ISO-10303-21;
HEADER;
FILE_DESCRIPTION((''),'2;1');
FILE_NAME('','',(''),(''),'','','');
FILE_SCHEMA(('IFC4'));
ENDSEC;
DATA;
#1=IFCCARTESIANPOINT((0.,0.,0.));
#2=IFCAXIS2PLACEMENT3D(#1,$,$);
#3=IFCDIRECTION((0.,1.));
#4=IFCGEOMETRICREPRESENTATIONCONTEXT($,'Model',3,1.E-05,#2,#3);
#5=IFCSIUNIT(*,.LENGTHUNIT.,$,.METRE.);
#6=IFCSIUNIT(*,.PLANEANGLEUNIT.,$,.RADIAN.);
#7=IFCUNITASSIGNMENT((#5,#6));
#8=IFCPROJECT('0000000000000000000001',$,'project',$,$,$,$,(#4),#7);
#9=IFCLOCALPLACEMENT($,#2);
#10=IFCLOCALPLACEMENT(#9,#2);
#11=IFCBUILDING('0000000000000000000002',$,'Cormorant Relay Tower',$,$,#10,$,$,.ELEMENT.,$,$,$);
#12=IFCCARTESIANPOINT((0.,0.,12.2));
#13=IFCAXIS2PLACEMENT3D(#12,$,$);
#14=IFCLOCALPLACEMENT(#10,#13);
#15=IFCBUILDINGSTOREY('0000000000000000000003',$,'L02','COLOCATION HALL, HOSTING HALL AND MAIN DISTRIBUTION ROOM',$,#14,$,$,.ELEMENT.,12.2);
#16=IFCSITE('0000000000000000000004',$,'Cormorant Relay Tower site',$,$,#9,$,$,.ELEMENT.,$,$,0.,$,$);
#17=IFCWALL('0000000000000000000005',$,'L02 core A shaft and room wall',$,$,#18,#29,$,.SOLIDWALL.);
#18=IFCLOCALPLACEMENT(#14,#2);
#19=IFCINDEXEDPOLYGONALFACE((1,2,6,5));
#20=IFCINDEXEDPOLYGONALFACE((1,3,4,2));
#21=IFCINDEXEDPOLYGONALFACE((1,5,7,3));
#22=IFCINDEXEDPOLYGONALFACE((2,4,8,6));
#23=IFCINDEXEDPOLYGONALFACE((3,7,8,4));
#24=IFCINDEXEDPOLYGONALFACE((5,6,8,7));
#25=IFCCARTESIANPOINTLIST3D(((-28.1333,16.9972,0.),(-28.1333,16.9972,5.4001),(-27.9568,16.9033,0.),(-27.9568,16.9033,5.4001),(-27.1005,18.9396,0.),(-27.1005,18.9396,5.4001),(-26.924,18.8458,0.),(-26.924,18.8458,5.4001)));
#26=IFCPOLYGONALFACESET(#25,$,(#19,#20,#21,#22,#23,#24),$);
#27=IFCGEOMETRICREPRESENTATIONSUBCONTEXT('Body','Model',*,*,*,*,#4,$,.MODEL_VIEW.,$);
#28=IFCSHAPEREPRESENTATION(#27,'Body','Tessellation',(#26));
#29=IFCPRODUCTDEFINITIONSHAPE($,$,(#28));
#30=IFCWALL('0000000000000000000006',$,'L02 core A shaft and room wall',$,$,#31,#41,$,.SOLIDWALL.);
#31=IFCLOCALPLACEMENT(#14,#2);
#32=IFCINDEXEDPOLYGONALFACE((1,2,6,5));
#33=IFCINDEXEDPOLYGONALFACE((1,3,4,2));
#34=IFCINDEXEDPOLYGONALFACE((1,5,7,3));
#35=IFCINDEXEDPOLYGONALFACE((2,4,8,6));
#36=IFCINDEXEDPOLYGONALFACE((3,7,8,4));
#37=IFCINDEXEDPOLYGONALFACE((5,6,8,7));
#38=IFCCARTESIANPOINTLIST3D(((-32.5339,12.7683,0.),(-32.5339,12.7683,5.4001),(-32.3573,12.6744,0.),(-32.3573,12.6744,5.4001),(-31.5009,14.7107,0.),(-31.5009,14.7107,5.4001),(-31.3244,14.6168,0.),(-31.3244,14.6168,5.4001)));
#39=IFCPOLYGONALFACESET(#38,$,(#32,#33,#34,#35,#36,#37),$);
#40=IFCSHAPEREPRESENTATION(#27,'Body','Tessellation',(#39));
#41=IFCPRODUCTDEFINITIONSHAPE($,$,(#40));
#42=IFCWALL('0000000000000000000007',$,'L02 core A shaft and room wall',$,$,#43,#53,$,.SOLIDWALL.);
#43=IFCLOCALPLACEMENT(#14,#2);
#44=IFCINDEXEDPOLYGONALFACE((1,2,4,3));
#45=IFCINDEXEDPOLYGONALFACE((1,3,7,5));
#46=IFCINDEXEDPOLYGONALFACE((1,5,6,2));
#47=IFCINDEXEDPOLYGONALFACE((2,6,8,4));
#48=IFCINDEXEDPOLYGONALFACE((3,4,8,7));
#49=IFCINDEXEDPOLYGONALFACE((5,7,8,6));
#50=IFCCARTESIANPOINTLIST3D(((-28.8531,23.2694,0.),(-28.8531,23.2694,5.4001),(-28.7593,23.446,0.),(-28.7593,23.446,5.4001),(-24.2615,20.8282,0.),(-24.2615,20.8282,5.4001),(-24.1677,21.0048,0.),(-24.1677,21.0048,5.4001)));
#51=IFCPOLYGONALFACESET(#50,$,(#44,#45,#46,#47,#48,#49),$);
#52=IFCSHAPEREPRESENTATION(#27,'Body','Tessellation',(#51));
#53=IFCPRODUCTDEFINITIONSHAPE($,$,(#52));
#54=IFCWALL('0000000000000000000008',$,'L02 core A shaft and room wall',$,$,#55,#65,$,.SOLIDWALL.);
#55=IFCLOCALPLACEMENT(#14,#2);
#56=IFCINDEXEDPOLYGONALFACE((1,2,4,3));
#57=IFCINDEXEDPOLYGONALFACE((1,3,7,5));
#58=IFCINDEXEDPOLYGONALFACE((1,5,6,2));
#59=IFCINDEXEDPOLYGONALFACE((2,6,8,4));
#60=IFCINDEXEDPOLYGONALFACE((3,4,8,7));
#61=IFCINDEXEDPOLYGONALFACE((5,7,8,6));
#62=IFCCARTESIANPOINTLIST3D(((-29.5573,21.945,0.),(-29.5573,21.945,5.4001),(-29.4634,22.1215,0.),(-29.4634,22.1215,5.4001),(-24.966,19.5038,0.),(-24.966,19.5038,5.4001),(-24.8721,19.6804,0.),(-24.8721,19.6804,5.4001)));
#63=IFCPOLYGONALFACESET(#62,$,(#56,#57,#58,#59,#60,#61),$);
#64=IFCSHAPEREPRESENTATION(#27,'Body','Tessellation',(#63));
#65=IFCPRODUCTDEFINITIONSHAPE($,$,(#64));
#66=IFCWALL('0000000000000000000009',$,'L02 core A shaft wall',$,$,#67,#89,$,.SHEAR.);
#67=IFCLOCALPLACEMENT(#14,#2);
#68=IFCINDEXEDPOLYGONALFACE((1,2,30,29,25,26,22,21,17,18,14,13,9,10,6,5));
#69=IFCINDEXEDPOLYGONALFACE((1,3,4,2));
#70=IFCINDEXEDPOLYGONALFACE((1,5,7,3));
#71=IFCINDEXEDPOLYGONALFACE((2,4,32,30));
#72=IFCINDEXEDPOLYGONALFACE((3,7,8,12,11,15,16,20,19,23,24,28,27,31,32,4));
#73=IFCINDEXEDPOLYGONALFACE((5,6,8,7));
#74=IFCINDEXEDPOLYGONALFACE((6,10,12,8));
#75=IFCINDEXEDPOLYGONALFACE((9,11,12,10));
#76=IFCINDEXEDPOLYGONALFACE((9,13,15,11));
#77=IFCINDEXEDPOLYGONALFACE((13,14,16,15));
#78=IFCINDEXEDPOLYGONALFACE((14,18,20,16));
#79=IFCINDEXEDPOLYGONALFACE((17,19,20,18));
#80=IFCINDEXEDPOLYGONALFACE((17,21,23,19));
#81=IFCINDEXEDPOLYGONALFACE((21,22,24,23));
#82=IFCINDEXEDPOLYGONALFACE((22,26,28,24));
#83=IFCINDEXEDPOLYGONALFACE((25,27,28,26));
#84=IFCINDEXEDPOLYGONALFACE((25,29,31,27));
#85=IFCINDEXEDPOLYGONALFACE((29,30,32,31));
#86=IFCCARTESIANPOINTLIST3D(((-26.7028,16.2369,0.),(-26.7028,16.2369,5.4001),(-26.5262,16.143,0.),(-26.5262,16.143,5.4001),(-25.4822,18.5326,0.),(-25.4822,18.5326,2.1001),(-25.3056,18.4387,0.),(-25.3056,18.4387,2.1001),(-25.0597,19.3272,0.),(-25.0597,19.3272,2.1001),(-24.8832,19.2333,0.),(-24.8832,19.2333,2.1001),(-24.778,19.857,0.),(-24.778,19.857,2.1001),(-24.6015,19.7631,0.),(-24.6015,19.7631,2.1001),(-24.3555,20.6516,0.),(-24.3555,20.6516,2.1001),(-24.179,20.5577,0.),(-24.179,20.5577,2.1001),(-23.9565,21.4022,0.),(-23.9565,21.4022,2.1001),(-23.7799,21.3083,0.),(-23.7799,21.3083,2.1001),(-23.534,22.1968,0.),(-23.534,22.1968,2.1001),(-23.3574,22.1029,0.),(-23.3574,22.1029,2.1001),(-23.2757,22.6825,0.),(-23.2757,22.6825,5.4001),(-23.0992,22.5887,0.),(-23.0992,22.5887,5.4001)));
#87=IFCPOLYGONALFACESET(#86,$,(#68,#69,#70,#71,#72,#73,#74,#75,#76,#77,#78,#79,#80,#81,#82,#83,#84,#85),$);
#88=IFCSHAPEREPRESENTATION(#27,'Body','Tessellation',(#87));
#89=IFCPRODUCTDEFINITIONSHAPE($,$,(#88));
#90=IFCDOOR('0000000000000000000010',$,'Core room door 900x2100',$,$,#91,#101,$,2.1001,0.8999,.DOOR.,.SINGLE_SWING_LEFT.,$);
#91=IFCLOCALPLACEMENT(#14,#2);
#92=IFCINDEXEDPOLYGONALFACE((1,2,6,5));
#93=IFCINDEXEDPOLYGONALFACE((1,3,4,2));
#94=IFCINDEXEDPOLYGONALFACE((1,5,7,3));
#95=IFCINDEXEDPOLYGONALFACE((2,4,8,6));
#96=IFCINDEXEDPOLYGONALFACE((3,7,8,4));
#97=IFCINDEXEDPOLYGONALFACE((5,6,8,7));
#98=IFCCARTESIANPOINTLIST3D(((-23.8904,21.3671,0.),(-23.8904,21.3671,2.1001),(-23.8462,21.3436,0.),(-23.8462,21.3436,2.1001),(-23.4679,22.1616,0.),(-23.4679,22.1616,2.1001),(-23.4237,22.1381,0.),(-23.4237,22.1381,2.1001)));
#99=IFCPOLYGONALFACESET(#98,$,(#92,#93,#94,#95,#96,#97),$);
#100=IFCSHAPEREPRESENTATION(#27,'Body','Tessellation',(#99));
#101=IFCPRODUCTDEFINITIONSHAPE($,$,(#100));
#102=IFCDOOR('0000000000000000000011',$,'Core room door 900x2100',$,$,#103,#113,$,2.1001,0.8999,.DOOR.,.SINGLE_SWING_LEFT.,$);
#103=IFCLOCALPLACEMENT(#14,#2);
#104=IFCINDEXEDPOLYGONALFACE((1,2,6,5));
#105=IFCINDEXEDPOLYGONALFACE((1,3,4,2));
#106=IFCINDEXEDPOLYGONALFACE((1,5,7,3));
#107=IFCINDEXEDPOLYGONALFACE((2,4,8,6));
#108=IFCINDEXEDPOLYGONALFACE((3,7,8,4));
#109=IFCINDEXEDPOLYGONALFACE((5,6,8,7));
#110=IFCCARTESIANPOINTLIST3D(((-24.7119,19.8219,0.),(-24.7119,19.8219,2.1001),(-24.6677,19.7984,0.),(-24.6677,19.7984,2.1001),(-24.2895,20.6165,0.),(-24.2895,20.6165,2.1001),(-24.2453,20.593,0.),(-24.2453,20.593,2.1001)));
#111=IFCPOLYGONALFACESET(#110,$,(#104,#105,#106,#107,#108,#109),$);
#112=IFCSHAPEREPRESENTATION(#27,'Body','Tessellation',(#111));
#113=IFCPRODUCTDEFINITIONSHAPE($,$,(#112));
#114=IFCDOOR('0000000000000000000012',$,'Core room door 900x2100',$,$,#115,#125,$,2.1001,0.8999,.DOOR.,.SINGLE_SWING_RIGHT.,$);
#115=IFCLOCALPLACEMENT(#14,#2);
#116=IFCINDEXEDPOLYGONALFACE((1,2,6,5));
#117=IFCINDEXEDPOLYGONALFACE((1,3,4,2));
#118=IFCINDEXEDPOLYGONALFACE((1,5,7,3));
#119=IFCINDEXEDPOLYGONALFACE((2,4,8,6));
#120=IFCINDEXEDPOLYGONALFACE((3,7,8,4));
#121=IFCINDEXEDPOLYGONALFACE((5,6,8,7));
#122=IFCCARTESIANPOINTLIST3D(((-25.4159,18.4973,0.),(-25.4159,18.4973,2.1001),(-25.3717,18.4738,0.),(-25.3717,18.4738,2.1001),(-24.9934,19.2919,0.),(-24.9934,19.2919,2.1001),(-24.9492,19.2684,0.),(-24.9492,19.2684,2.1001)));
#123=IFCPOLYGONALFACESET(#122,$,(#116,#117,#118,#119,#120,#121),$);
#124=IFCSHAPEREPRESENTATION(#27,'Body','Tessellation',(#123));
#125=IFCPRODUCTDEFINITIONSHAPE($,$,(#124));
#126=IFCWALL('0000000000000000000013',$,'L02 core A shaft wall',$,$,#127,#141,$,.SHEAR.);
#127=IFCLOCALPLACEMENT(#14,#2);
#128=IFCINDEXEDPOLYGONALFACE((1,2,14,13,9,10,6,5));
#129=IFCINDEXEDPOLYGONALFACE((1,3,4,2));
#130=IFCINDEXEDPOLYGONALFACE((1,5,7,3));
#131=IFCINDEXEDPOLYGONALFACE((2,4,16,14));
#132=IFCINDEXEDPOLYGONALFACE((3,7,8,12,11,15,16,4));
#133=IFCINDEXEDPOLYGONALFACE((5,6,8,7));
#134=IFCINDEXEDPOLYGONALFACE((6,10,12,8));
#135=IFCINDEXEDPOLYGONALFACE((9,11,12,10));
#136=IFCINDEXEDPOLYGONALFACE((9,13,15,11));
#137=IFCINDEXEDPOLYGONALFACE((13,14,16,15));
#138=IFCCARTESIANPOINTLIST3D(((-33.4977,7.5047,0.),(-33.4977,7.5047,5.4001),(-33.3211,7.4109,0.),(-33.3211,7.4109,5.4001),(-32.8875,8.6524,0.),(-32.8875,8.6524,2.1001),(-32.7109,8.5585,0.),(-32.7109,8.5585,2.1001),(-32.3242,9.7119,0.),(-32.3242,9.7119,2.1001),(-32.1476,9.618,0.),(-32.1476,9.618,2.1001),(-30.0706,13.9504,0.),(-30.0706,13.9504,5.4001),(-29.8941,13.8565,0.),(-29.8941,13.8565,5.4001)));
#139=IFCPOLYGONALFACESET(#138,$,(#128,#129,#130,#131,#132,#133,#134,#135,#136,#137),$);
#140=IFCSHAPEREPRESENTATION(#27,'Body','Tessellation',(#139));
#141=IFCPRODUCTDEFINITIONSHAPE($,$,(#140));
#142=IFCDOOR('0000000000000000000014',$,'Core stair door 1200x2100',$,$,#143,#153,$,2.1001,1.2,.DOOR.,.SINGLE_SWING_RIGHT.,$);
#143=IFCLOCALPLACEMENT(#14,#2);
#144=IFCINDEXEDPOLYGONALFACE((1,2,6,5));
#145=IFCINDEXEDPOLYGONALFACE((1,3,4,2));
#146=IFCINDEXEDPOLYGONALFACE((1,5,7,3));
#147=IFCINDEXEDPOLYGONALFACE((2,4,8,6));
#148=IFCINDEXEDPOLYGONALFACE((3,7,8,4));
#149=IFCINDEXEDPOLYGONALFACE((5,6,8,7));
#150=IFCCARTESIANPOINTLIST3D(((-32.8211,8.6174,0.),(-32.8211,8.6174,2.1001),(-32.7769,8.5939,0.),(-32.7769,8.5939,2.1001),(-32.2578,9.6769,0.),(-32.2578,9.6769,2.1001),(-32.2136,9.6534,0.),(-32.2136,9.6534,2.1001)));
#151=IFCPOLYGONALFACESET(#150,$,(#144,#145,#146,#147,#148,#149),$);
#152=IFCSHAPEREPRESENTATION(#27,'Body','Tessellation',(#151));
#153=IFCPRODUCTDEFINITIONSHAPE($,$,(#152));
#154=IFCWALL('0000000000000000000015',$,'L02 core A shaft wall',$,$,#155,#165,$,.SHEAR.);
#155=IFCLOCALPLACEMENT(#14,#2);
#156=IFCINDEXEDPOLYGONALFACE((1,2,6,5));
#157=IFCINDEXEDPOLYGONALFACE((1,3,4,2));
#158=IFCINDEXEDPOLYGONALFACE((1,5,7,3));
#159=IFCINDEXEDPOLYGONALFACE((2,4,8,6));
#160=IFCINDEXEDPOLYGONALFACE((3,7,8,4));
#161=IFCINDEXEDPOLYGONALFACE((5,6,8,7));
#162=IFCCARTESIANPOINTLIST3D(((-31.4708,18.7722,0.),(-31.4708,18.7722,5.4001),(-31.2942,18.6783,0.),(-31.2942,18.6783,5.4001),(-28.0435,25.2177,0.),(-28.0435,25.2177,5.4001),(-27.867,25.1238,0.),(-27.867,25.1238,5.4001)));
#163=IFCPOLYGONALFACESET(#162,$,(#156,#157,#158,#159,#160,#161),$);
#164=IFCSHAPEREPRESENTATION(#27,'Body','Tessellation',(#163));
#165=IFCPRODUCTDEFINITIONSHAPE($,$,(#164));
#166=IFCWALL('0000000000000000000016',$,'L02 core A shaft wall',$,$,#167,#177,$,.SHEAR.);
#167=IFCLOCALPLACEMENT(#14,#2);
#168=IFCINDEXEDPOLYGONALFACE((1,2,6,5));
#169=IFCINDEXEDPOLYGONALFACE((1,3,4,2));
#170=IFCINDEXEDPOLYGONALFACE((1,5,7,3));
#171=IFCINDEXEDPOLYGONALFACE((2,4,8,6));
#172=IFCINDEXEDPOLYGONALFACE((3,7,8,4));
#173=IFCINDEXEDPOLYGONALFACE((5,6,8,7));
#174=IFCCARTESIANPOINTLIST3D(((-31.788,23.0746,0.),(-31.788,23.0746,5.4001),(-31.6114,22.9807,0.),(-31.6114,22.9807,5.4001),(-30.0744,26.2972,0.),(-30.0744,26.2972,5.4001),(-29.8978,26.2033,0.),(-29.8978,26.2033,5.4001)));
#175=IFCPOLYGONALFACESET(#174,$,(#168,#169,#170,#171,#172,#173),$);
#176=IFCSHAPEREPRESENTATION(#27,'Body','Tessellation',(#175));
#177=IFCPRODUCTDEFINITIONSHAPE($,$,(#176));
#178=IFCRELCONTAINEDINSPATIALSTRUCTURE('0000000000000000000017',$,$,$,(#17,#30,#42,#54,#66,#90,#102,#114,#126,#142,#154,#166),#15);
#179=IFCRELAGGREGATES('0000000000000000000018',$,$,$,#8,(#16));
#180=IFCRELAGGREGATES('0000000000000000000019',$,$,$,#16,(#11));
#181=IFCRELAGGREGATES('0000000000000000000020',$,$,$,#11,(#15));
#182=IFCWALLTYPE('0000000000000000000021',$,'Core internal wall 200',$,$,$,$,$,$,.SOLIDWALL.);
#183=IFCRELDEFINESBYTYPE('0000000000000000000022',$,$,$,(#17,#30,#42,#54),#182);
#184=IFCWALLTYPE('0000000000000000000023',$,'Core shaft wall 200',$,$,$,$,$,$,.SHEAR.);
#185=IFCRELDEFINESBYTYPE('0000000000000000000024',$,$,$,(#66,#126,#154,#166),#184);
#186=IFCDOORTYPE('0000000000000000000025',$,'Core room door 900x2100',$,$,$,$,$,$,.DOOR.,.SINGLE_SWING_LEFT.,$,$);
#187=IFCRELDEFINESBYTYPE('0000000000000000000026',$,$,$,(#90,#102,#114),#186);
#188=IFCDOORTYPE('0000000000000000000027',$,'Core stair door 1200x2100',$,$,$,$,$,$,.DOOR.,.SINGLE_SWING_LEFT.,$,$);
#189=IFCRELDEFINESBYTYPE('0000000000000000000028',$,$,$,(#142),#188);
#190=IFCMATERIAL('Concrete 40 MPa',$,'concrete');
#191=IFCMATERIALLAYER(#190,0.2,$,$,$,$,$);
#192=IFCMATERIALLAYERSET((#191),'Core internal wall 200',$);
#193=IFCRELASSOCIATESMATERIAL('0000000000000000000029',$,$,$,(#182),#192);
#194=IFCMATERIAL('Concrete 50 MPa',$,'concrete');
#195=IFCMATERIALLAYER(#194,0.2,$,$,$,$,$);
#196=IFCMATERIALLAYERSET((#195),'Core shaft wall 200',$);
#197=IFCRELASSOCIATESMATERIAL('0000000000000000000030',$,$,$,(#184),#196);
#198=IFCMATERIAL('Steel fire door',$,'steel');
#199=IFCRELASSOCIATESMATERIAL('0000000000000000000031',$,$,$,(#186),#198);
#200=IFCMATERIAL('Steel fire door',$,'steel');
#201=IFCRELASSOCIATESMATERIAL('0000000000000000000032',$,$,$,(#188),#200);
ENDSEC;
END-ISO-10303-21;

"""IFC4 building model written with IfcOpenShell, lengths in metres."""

from ifc_helpers import new_model, si_unit, direction, frame, frame_2d, origin, place, context, subcontext, project, spatial, rectangle, extrude, material, layer, layer_set, type_object, element, fill, save


model = new_model("IFC4")

# Units and contexts
model_context = context("Model", 3, precision=1e-05, world=origin(), true_north=direction((0.0, 1.0)))
body_context = subcontext(model_context, "Body", "Model", "MODEL_VIEW")
ifc_project = project(units=[si_unit("LENGTHUNIT", "METRE"), si_unit("PLANEANGLEUNIT", "RADIAN")], contexts=[model_context])

# Site, building, storey
site_placement = place(None, origin())
site = spatial("IfcSite", under=ifc_project, at=site_placement, Name="Cormorant Relay Tower site", CompositionType="ELEMENT", RefElevation=0.0)
building_placement = place(site_placement, origin())
building = spatial("IfcBuilding", under=site, at=building_placement, Name="Cormorant Relay Tower", CompositionType="ELEMENT")
storey_placement = place(building_placement, frame((0.0, 0.0, 12.2)))
storey = spatial("IfcBuildingStorey", under=building, at=storey_placement, Name="L02", Description="COLOCATION HALL, HOSTING HALL AND MAIN DISTRIBUTION ROOM", CompositionType="ELEMENT", Elevation=12.2)

# Walls
ifc_material_1 = material(Name="Concrete 40 MPa", Category="concrete")
ifc_layer_1 = layer(ifc_material_1, 0.2)
ifc_layer_set_1 = layer_set([ifc_layer_1], Name="Core internal wall 200")
wall_type_1 = type_object("IfcWallType", Name="Core internal wall 200", PredefinedType="SOLIDWALL", material=ifc_layer_set_1)
for number, where, z_axis, x_axis, name in (
    (1, (-27.0122, 18.8928, 0.0), (0.0, 0.0, 1.0), (-0.469447, -0.88296, 0.0), "L02 core A shaft and room wall"),
    (2, (-31.4126, 14.6638, 0.0), (0.0, 0.0, 1.0), (-0.469534, -0.882914, 0.0), "L02 core A shaft and room wall"),
):
    element("IfcWall", number, at=place(storey_placement, frame(where, z_axis=z_axis, x_axis=x_axis)), inside=storey, type_object=wall_type_1, Name=name, PredefinedType="SOLIDWALL", context=body_context, shape_type="SweptSolid", body=[
        extrude(rectangle(XDim=2.2, YDim=0.2, at=frame_2d((1.1001, 0.0))), origin(), (0.0, 0.0, 1.0), 5.4001),
    ])
wall_1_placement = place(storey_placement, frame((-24.2146, 20.9165, 0.0), z_axis=(0.0, 0.0, 1.0), x_axis=(-0.882964, 0.46944, 0.0)))
element("IfcWall", 3, at=wall_1_placement, inside=storey, type_object=wall_type_1, Name="L02 core A shaft and room wall", PredefinedType="SOLIDWALL", context=body_context, shape_type="SweptSolid", body=[
    extrude(rectangle(XDim=5.2002, YDim=0.2, at=frame_2d((2.6001, 0.0))), origin(), (0.0, 0.0, 1.0), 5.4001),
])
wall_2_placement = place(storey_placement, frame((-24.9189, 19.592, 0.0), z_axis=(0.0, 0.0, 1.0), x_axis=(-0.882954, 0.46946, 0.0)))
element("IfcWall", 4, at=wall_2_placement, inside=storey, type_object=wall_type_1, Name="L02 core A shaft and room wall", PredefinedType="SOLIDWALL", context=body_context, shape_type="SweptSolid", body=[
    extrude(rectangle(XDim=5.2, YDim=0.2, at=frame_2d((2.6001, 0.0))), origin(), (0.0, 0.0, 1.0), 5.4001),
])

# Wall, openings, doors
ifc_material_2 = material(Name="Concrete 50 MPa", Category="concrete")
ifc_layer_2 = layer(ifc_material_2, 0.2)
ifc_layer_set_2 = layer_set([ifc_layer_2], Name="Core shaft wall 200")
wall_type_2 = type_object("IfcWallType", Name="Core shaft wall 200", PredefinedType="SHEAR", material=ifc_layer_set_2)
wall_3_placement = place(storey_placement, frame((-23.1875, 22.6355, 0.0), z_axis=(0.0, 0.0, 1.0), x_axis=(-0.469454, -0.882957, 0.0)))
wall_3 = element("IfcWall", 5, at=wall_3_placement, inside=storey, type_object=wall_type_2, Name="L02 core A shaft wall", PredefinedType="SHEAR", context=body_context, shape_type="SweptSolid", body=[
    extrude(rectangle(XDim=7.3, YDim=0.2, at=frame_2d((3.6499, 0.0))), origin(), (0.0, 0.0, 1.0), 5.4001),
])
opening_1_placement = place(wall_3_placement, frame((0.55, 0.0, 0.0)))
opening_1 = element("IfcOpeningElement", 6, at=opening_1_placement, cuts=wall_3, PredefinedType="OPENING", context=body_context, shape_type="SweptSolid", body=[
    extrude(rectangle(XDim=0.8999, YDim=2.1001, at=frame_2d((0.45, 1.05))), frame((0.0, 0.1099, 0.0), z_axis=(0.0, -1.0, 0.0), x_axis=(1.0, 0.0, 0.0)), (0.0, 0.0, 1.0), 0.22),
])
opening_2_placement = place(wall_3_placement, frame((2.3, 0.0, 0.0)))
opening_2 = element("IfcOpeningElement", 7, at=opening_2_placement, cuts=wall_3, PredefinedType="OPENING", context=body_context, shape_type="SweptSolid", body=[
    extrude(rectangle(XDim=0.8999, YDim=2.1001, at=frame_2d((0.45, 1.05))), frame((0.0, 0.1099, 0.0), z_axis=(0.0, -1.0, 0.0), x_axis=(1.0, 0.0, 0.0)), (0.0, 0.0, 1.0), 0.22),
])
opening_3_placement = place(wall_3_placement, frame((3.8, 0.0, 0.0)))
opening_3 = element("IfcOpeningElement", 8, at=opening_3_placement, cuts=wall_3, PredefinedType="OPENING", context=body_context, shape_type="SweptSolid", body=[
    extrude(rectangle(XDim=0.8999, YDim=2.1001, at=frame_2d((0.45, 1.05))), frame((0.0, 0.1099, 0.0), z_axis=(0.0, -1.0, 0.0), x_axis=(1.0, 0.0, 0.0)), (0.0, 0.0, 1.0), 0.22),
])
ifc_material_3 = material(Name="Steel fire door", Category="steel")
door_type_1 = type_object("IfcDoorType", Name="Core room door 900x2100", OperationType="SINGLE_SWING_LEFT", PredefinedType="DOOR", material=ifc_material_3)
door_1_placement = place(opening_1_placement, origin())
door_1 = element("IfcDoor", 9, at=door_1_placement, inside=storey, type_object=door_type_1, Name="Core room door 900x2100", OperationType="SINGLE_SWING_LEFT", OverallHeight=2.1001, OverallWidth=0.8999, PredefinedType="DOOR", context=body_context, shape_type="SweptSolid", body=[
    extrude(rectangle(XDim=0.8999, YDim=2.1001, at=frame_2d((0.45, 1.05))), frame((0.0, 0.0249, 0.0), z_axis=(0.0, -1.0, 0.0), x_axis=(1.0, 0.0, 0.0)), (0.0, 0.0, 1.0), 0.05),
])
fill(opening_1, door_1)
door_2_placement = place(opening_2_placement, origin())
door_2 = element("IfcDoor", 10, at=door_2_placement, inside=storey, type_object=door_type_1, Name="Core room door 900x2100", OperationType="SINGLE_SWING_LEFT", OverallHeight=2.1001, OverallWidth=0.8999, PredefinedType="DOOR", context=body_context, shape_type="SweptSolid", body=[
    extrude(rectangle(XDim=0.8999, YDim=2.1001, at=frame_2d((0.45, 1.05))), frame((0.0, 0.0249, 0.0), z_axis=(0.0, -1.0, 0.0), x_axis=(1.0, 0.0, 0.0)), (0.0, 0.0, 1.0), 0.05),
])
fill(opening_2, door_2)
door_3_placement = place(opening_3_placement, frame((0.8999, 0.0, 0.0), z_axis=(0.0, 0.0, 1.0), x_axis=(-1.0, 0.0, 0.0)))
door_3 = element("IfcDoor", 11, at=door_3_placement, inside=storey, type_object=door_type_1, Name="Core room door 900x2100", OperationType="SINGLE_SWING_RIGHT", OverallHeight=2.1001, OverallWidth=0.8999, PredefinedType="DOOR", context=body_context, shape_type="SweptSolid", body=[
    extrude(rectangle(XDim=0.8999, YDim=2.1001, at=frame_2d((0.45, 1.05))), frame((0.0, 0.0249, 0.0), z_axis=(0.0, -1.0, 0.0), x_axis=(1.0, 0.0, 0.0)), (0.0, 0.0, 1.0), 0.05),
])
fill(opening_3, door_3)

# Wall, opening, door
wall_4_placement = place(storey_placement, frame((-29.9824, 13.9033, 0.0), z_axis=(0.0, 0.0, 1.0), x_axis=(-0.469454, -0.882957, 0.0)))
wall_4 = element("IfcWall", 12, at=wall_4_placement, inside=storey, type_object=wall_type_2, Name="L02 core A shaft wall", PredefinedType="SHEAR", context=body_context, shape_type="SweptSolid", body=[
    extrude(rectangle(XDim=7.3, YDim=0.2, at=frame_2d((3.6499, 0.0))), origin(), (0.0, 0.0, 1.0), 5.4001),
])
opening_4_placement = place(wall_4_placement, frame((4.8, 0.0, 0.0)))
opening_4 = element("IfcOpeningElement", 13, at=opening_4_placement, cuts=wall_4, PredefinedType="OPENING", context=body_context, shape_type="SweptSolid", body=[
    extrude(rectangle(XDim=1.2, YDim=2.1001, at=frame_2d((0.6001, 1.05))), frame((0.0, 0.1099, 0.0), z_axis=(0.0, -1.0, 0.0), x_axis=(1.0, 0.0, 0.0)), (0.0, 0.0, 1.0), 0.22),
])
ifc_material_4 = material(Name="Steel fire door", Category="steel")
door_type_2 = type_object("IfcDoorType", Name="Core stair door 1200x2100", OperationType="SINGLE_SWING_LEFT", PredefinedType="DOOR", material=ifc_material_4)
door_4_placement = place(opening_4_placement, frame((1.2, 0.0, 0.0), z_axis=(0.0, 0.0, 1.0), x_axis=(-1.0, 0.0, 0.0)))
door_4 = element("IfcDoor", 14, at=door_4_placement, inside=storey, type_object=door_type_2, Name="Core stair door 1200x2100", OperationType="SINGLE_SWING_RIGHT", OverallHeight=2.1001, OverallWidth=1.2, PredefinedType="DOOR", context=body_context, shape_type="SweptSolid", body=[
    extrude(rectangle(XDim=1.2, YDim=2.1001, at=frame_2d((0.6001, 1.05))), frame((0.0, 0.0249, 0.0), z_axis=(0.0, -1.0, 0.0), x_axis=(1.0, 0.0, 0.0)), (0.0, 0.0, 1.0), 0.05),
])
fill(opening_4, door_4)

# Walls
wall_5_placement = place(storey_placement, frame((-27.9553, 25.1707, 0.0), z_axis=(0.0, 0.0, 1.0), x_axis=(-0.46948, -0.882943, 0.0)))
element("IfcWall", 15, at=wall_5_placement, inside=storey, type_object=wall_type_2, Name="L02 core A shaft wall", PredefinedType="SHEAR", context=body_context, shape_type="SweptSolid", body=[
    extrude(rectangle(XDim=7.3, YDim=0.2, at=frame_2d((3.6499, 0.0))), origin(), (0.0, 0.0, 1.0), 5.4001),
])
wall_6_placement = place(storey_placement, frame((-29.9861, 26.2502, 0.0), z_axis=(0.0, 0.0, 1.0), x_axis=(-0.469494, -0.882936, 0.0)))
element("IfcWall", 16, at=wall_6_placement, inside=storey, type_object=wall_type_2, Name="L02 core A shaft wall", PredefinedType="SHEAR", context=body_context, shape_type="SweptSolid", body=[
    extrude(rectangle(XDim=3.6499, YDim=0.2, at=frame_2d((1.825, 0.0))), origin(), (0.0, 0.0, 1.0), 5.4001),
])

save(model, "model.ifc")
